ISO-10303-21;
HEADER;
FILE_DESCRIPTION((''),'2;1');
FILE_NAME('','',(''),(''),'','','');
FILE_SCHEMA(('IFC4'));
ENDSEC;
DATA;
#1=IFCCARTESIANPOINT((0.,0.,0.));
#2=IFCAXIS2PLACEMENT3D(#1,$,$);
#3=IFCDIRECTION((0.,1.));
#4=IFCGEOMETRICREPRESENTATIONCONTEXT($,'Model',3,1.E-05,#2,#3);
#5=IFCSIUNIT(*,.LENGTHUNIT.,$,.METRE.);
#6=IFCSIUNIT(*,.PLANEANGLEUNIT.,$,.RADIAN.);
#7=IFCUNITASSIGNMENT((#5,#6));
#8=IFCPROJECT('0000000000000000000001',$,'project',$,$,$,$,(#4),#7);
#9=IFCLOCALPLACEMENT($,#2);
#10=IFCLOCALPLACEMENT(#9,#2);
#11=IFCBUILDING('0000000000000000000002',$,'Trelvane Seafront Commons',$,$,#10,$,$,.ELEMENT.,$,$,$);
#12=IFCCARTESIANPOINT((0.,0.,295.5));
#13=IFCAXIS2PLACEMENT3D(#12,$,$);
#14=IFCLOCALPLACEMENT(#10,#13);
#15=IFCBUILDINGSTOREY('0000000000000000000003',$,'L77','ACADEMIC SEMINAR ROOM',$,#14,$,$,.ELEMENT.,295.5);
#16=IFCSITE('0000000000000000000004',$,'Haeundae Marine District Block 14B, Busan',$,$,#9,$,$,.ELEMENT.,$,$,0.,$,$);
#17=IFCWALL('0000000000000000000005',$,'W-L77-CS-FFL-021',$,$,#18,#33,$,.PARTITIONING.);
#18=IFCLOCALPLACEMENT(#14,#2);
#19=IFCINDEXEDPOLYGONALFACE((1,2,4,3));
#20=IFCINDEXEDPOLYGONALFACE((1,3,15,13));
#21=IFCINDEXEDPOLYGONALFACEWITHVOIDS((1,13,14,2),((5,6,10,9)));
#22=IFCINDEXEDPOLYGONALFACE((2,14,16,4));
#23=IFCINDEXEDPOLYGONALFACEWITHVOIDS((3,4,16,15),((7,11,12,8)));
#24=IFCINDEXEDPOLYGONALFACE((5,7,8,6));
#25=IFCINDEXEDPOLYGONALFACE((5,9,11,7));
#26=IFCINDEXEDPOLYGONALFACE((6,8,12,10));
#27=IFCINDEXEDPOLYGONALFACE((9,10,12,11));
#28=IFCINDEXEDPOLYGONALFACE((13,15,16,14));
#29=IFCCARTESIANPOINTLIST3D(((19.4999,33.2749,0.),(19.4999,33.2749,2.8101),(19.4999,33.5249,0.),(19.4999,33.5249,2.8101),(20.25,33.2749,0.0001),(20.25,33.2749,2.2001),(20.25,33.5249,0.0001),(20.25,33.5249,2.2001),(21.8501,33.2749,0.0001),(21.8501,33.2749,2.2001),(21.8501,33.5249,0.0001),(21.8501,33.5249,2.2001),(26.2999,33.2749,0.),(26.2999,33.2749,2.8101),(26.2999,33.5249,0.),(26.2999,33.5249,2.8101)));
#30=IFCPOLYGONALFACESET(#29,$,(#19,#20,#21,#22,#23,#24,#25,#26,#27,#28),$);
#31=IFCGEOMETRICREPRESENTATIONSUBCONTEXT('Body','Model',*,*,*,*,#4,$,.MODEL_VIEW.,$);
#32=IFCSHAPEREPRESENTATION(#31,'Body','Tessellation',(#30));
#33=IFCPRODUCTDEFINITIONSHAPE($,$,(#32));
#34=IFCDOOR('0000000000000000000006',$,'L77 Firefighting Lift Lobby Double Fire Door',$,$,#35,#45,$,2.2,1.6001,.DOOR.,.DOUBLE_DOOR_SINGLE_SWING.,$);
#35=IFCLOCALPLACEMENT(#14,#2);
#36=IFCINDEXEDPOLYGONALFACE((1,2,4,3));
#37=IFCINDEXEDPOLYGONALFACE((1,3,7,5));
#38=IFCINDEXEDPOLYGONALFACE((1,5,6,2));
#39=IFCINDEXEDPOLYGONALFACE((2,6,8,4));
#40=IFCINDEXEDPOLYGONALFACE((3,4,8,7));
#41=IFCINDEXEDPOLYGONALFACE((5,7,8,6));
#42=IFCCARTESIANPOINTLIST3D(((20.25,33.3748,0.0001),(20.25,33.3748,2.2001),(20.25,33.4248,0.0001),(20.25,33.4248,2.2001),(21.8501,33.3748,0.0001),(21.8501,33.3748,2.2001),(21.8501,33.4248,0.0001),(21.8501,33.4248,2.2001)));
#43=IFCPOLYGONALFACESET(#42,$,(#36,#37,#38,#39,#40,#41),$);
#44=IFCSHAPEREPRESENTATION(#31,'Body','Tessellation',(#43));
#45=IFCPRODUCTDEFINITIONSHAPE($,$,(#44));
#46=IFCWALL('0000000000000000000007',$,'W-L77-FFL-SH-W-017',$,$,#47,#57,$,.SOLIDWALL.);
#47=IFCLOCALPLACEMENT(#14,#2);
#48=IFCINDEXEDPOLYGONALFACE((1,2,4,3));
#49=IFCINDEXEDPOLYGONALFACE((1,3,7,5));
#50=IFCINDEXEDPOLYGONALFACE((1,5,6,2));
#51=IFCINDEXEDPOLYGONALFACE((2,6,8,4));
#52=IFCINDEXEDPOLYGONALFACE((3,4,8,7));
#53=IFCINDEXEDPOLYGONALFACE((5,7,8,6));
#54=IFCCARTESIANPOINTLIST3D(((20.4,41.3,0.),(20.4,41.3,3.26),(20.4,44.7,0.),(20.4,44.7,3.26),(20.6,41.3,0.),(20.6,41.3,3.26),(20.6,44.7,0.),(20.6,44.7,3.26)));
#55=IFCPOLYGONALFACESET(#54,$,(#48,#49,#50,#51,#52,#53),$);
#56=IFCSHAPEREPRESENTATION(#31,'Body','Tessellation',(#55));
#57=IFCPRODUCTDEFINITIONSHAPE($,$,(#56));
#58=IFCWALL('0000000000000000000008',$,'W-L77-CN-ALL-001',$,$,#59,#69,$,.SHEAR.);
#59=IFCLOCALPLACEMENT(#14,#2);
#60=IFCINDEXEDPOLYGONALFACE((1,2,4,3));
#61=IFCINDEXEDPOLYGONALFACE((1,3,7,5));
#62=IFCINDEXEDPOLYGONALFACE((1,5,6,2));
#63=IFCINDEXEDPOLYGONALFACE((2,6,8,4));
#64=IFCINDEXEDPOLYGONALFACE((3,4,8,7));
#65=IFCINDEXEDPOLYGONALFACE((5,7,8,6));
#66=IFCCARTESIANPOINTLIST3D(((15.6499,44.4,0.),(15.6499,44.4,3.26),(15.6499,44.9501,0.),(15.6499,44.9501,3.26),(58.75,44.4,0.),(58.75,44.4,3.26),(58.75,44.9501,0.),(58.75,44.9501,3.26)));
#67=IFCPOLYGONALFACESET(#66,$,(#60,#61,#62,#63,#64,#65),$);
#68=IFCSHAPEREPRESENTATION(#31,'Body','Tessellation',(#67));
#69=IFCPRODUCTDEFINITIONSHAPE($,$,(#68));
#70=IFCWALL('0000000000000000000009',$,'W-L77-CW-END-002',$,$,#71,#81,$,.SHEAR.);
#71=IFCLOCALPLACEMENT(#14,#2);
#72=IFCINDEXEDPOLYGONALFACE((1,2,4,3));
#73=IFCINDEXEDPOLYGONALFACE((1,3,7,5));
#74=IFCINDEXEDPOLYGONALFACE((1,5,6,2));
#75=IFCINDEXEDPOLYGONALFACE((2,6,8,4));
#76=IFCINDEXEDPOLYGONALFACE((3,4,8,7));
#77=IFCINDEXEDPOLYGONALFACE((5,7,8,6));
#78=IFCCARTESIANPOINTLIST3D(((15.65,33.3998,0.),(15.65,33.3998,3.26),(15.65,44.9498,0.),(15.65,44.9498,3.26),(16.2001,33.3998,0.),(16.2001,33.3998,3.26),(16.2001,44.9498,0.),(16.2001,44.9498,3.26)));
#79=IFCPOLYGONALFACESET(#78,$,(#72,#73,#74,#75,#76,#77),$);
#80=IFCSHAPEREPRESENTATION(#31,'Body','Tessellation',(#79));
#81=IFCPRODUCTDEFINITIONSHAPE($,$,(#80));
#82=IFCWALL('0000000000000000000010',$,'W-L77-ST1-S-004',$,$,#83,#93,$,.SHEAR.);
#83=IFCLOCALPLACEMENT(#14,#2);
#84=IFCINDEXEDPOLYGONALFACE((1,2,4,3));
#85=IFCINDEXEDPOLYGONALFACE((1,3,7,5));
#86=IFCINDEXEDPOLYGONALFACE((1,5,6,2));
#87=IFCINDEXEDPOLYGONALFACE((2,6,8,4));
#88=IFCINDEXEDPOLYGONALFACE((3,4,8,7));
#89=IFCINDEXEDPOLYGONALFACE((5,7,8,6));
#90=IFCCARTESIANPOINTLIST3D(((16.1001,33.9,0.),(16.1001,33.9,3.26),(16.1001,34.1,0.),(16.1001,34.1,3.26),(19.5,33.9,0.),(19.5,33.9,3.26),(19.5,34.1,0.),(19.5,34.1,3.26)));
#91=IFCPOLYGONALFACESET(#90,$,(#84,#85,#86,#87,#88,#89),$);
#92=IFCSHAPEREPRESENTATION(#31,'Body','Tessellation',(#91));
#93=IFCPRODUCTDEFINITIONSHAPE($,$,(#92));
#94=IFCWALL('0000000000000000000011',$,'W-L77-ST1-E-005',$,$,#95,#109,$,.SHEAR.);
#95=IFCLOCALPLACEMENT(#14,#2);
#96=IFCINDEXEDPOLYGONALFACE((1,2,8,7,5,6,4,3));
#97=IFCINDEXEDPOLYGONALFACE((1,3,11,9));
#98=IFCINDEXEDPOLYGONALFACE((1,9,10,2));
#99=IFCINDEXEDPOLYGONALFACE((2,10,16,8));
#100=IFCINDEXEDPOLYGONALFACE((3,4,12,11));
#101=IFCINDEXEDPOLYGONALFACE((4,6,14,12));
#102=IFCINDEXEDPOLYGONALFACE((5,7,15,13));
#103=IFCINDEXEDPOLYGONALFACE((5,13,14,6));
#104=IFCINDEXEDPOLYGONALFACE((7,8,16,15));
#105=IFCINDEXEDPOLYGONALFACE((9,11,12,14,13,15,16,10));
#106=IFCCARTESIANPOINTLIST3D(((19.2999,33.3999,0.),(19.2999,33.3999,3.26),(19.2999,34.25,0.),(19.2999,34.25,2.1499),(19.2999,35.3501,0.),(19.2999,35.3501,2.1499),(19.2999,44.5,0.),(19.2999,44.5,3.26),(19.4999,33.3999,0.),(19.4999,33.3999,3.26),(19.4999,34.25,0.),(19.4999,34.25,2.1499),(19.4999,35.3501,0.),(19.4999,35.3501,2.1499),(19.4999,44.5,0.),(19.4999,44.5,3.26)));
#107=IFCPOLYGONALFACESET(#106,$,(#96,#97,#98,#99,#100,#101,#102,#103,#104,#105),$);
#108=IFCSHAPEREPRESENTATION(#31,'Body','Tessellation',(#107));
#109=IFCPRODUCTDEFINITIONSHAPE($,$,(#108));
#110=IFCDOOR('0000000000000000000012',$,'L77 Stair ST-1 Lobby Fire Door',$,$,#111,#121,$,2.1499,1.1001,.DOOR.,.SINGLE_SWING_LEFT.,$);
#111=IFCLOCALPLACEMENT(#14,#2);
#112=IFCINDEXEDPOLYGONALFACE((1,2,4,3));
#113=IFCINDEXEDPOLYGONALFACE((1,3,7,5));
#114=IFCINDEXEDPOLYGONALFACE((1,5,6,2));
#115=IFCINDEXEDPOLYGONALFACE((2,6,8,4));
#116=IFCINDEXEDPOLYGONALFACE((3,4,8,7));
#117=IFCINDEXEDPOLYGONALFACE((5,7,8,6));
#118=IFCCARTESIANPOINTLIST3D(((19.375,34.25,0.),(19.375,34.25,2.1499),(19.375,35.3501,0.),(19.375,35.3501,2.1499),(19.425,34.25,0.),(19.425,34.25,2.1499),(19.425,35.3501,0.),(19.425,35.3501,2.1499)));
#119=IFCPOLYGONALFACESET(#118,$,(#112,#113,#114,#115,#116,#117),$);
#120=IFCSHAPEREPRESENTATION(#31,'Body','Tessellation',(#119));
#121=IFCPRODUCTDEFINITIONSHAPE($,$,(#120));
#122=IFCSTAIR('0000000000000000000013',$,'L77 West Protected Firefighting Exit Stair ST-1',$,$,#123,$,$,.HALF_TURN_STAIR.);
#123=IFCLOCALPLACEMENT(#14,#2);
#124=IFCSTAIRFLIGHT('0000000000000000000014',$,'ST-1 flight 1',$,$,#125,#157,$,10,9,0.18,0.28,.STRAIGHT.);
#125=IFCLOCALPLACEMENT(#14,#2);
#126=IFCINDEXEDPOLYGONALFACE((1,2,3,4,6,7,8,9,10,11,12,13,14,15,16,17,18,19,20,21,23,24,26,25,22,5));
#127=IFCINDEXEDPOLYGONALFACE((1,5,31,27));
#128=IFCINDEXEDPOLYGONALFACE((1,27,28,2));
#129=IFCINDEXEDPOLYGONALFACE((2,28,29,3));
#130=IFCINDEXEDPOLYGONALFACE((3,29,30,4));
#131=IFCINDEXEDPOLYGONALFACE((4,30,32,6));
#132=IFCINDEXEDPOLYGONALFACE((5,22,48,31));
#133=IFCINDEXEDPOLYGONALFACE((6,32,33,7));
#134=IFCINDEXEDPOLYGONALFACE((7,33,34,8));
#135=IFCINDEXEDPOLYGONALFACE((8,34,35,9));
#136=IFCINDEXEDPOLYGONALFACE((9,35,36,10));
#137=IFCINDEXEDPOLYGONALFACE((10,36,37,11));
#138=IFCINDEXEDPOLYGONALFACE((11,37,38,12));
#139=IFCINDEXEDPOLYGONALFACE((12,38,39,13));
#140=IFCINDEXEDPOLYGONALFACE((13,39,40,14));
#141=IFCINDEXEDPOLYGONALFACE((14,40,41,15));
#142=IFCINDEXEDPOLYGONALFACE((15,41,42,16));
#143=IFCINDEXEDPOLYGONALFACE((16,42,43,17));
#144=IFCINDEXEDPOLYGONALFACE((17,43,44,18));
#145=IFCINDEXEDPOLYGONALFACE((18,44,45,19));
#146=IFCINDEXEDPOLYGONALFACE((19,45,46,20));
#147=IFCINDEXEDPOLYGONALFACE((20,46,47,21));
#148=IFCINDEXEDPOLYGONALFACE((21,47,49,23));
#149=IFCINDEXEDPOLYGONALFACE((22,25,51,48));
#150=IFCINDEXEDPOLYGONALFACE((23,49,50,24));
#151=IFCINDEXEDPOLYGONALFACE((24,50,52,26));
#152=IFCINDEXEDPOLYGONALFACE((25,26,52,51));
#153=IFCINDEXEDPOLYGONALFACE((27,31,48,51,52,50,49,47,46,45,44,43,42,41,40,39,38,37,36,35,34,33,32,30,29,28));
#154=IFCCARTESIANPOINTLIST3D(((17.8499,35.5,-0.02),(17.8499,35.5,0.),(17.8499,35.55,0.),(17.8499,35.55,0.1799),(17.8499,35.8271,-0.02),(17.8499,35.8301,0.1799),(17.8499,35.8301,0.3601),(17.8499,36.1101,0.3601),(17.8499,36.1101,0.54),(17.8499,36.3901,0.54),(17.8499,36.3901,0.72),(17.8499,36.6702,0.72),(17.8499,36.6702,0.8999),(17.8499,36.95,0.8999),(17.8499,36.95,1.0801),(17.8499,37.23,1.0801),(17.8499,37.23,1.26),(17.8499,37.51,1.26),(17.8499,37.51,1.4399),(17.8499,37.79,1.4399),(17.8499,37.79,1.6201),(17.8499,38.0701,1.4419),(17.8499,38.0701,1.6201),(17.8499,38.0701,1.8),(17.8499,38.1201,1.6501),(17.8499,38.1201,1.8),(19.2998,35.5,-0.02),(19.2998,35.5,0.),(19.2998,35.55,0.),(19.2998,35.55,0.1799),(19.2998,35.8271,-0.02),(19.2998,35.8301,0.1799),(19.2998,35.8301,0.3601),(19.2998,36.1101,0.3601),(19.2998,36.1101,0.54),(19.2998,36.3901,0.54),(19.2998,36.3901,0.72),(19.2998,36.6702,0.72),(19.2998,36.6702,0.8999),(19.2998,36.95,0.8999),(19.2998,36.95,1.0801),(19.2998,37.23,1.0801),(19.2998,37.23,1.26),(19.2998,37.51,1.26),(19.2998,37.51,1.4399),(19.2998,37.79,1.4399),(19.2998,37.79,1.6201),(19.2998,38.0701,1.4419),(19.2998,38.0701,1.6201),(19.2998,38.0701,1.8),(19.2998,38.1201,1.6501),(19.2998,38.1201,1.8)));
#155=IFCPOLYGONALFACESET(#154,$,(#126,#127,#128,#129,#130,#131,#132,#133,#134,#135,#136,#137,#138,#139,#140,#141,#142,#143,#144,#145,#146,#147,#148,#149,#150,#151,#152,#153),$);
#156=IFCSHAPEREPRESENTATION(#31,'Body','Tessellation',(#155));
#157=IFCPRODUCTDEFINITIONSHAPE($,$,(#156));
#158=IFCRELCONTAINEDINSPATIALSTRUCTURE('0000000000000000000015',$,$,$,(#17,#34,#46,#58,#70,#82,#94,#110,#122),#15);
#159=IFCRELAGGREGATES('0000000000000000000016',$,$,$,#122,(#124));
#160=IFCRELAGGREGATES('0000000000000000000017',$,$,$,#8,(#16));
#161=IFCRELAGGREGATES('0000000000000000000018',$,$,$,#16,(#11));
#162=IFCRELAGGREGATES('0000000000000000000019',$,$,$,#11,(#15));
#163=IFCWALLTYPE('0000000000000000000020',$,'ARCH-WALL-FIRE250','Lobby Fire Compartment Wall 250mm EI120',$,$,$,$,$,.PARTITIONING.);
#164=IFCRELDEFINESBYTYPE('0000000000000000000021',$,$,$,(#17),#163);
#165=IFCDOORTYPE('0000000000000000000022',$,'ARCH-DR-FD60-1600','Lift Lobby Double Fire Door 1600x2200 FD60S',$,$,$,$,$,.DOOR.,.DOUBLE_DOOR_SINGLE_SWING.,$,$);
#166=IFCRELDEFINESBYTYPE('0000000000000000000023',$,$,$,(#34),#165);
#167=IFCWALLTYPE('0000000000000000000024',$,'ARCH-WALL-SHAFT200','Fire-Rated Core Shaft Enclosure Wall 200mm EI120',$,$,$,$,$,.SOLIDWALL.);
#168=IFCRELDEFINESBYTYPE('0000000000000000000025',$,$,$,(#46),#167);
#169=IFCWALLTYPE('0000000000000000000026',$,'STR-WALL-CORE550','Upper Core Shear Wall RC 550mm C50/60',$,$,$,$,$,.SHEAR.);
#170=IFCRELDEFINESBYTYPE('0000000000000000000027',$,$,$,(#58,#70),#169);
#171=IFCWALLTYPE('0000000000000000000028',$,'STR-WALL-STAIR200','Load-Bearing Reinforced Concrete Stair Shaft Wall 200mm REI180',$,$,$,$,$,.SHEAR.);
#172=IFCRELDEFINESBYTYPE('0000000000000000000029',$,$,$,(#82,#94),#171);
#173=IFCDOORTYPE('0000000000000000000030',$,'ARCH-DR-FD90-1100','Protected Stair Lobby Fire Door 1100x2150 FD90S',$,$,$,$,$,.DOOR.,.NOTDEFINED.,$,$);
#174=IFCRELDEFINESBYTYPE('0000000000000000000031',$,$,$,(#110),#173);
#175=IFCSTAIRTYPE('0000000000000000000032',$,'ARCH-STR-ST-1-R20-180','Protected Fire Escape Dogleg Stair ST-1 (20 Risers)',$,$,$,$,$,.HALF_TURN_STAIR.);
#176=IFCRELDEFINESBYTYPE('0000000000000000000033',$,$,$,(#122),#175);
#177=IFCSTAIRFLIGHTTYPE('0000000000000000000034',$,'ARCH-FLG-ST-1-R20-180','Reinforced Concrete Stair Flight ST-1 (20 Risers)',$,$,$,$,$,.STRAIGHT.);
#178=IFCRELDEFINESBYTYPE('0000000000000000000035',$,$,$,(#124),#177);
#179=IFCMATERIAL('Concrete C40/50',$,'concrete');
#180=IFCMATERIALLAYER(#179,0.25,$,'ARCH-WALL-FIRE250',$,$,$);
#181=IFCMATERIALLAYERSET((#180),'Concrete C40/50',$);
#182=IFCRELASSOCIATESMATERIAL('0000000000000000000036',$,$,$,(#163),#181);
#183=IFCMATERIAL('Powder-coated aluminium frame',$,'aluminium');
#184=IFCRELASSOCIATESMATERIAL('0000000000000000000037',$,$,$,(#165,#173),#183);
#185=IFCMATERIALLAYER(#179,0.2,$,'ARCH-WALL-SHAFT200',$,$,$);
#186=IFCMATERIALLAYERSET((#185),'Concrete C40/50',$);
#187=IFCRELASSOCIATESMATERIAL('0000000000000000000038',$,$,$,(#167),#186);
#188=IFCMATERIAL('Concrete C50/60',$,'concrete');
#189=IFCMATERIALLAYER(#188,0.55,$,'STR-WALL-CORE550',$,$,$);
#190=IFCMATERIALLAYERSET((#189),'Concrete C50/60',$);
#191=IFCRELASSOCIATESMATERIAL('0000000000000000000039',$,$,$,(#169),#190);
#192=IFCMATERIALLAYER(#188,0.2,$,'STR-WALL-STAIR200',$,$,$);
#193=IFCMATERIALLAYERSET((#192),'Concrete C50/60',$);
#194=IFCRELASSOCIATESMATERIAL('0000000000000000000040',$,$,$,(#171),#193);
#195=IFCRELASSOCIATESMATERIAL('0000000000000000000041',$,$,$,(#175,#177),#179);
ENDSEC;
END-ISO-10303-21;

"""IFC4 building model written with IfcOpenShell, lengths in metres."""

from ifc_helpers import new_model, si_unit, direction, frame, frame_2d, origin, place, context, subcontext, project, spatial, polyline, rectangle, outline, extrude, source, transform, mapped, material, layer, layer_set, type_object, element, fill, aggregate, save


model = new_model("IFC4")

# Units and contexts
model_context = context("Model", 3, precision=1e-05, world=origin(), true_north=direction((0.0, 1.0)))
body_context = subcontext(model_context, "Body", "Model", "MODEL_VIEW")
ifc_project = project(units=[si_unit("LENGTHUNIT", "METRE"), si_unit("PLANEANGLEUNIT", "RADIAN")], contexts=[model_context])

# Site, building, storey
site_placement = place(None, origin())
site = spatial("IfcSite", under=ifc_project, at=site_placement, Name="Haeundae Marine District Block 14B, Busan", CompositionType="ELEMENT", RefElevation=0.0)
building_placement = place(site_placement, origin())
building = spatial("IfcBuilding", under=site, at=building_placement, Name="Trelvane Seafront Commons", CompositionType="ELEMENT")
storey_placement = place(building_placement, frame((0.0, 0.0, 295.5)))
storey = spatial("IfcBuildingStorey", under=building, at=storey_placement, Name="L77", Description="ACADEMIC SEMINAR ROOM", CompositionType="ELEMENT", Elevation=295.5)

# Shared definitions
ifc_material_1 = material(Name="Concrete C50/60", Category="concrete")

# Wall, opening, door
ifc_material_2 = material(Name="Concrete C40/50", Category="concrete")
ifc_layer_1 = layer(ifc_material_2, 0.25, Name="ARCH-WALL-FIRE250")
ifc_layer_set_1 = layer_set([ifc_layer_1], Name="Concrete C40/50")
wall_type_1 = type_object("IfcWallType", Name="ARCH-WALL-FIRE250", Description="Lobby Fire Compartment Wall 250mm EI120", PredefinedType="PARTITIONING", material=ifc_layer_set_1)
wall_1_placement = place(storey_placement, frame((19.5, 33.3999, 0.0), z_axis=(0.0, 0.0, 1.0), x_axis=(1.0, 0.0, 0.0)))
wall_1 = element("IfcWall", 1, at=wall_1_placement, inside=storey, type_object=wall_type_1, Name="W-L77-CS-FFL-021", PredefinedType="PARTITIONING", context=body_context, shape_type="SweptSolid", body=[
    extrude(rectangle(XDim=6.8, YDim=0.25, at=frame_2d((3.3999, 0.0))), origin(), (0.0, 0.0, 1.0), 2.8101),
])
opening_1_placement = place(wall_1_placement, frame((0.75, 0.0, 0.0)))
opening_1 = element("IfcOpeningElement", 2, at=opening_1_placement, cuts=wall_1, PredefinedType="OPENING", context=body_context, shape_type="SweptSolid", body=[
    extrude(rectangle(XDim=1.6001, YDim=2.2, at=frame_2d((0.8, 1.1001))), frame((0.0, 0.135, 0.0), z_axis=(0.0, -1.0, 0.0), x_axis=(1.0, 0.0, 0.0)), (0.0, 0.0, 1.0), 0.27),
])
ifc_material_3 = material(Name="Powder-coated aluminium frame", Category="aluminium")
door_type_1 = type_object("IfcDoorType", Name="ARCH-DR-FD60-1600", Description="Lift Lobby Double Fire Door 1600x2200 FD60S", OperationType="DOUBLE_DOOR_SINGLE_SWING", PredefinedType="DOOR", material=ifc_material_3)
shared_shape_1 = source(origin(), body_context, "Body", "SweptSolid", [
    extrude(rectangle(XDim=1.6001, YDim=2.2, at=frame_2d((0.8, 1.1001))), frame((0.0, 0.0249, 0.0), z_axis=(0.0, -1.0, 0.0), x_axis=(1.0, 0.0, 0.0)), (0.0, 0.0, 1.0), 0.05),
])
door_1_placement = place(opening_1_placement, origin())
door_1 = element("IfcDoor", 3, at=door_1_placement, inside=storey, type_object=door_type_1, Name="L77 Firefighting Lift Lobby Double Fire Door", OperationType="DOUBLE_DOOR_SINGLE_SWING", OverallHeight=2.2, OverallWidth=1.6001, PredefinedType="DOOR", context=body_context, shape_type="MappedRepresentation", body=[
    mapped(shared_shape_1, transform((0.0, 0.0, 0.0), x_axis=(1.0, 0.0, 0.0), y_axis=(0.0, 1.0, 0.0), z_axis=(0.0, 0.0, 1.0), scale=1.0)),
])
fill(opening_1, door_1)

# Shared definitions
ifc_layer_2 = layer(ifc_material_2, 0.2, Name="ARCH-WALL-SHAFT200")
ifc_layer_set_2 = layer_set([ifc_layer_2], Name="Concrete C40/50")
wall_type_2 = type_object("IfcWallType", Name="ARCH-WALL-SHAFT200", Description="Fire-Rated Core Shaft Enclosure Wall 200mm EI120", PredefinedType="SOLIDWALL", material=ifc_layer_set_2)
shared_shape_2 = source(origin(), body_context, "Body", "SweptSolid", [
    extrude(rectangle(XDim=1.1001, YDim=2.1499, at=frame_2d((0.55, 1.075))), frame((0.0, 0.0249, 0.0), z_axis=(0.0, -1.0, 0.0), x_axis=(1.0, 0.0, 0.0)), (0.0, 0.0, 1.0), 0.05),
])

# Walls
wall_2_placement = place(storey_placement, frame((20.5, 41.3, 0.0), z_axis=(0.0, 0.0, 1.0), x_axis=(0.0, 1.0, 0.0)))
element("IfcWall", 4, at=wall_2_placement, inside=storey, type_object=wall_type_2, Name="W-L77-FFL-SH-W-017", PredefinedType="SOLIDWALL", context=body_context, shape_type="SweptSolid", body=[
    extrude(rectangle(XDim=3.3999, YDim=0.2, at=frame_2d((1.7, 0.0))), origin(), (0.0, 0.0, 1.0), 3.26),
])
ifc_layer_3 = layer(ifc_material_1, 0.55, Name="STR-WALL-CORE550")
ifc_layer_set_3 = layer_set([ifc_layer_3], Name="Concrete C50/60")
wall_type_3 = type_object("IfcWallType", Name="STR-WALL-CORE550", Description="Upper Core Shear Wall RC 550mm C50/60", PredefinedType="SHEAR", material=ifc_layer_set_3)
wall_3_placement = place(storey_placement, frame((15.6499, 44.675, 0.0), z_axis=(0.0, 0.0, 1.0), x_axis=(1.0, 0.0, 0.0)))
element("IfcWall", 5, at=wall_3_placement, inside=storey, type_object=wall_type_3, Name="W-L77-CN-ALL-001", PredefinedType="SHEAR", context=body_context, shape_type="SweptSolid", body=[
    extrude(rectangle(XDim=43.1001, YDim=0.55, at=frame_2d((21.55, 0.0))), origin(), (0.0, 0.0, 1.0), 3.26),
])
wall_4_placement = place(storey_placement, frame((15.925, 33.3999, 0.0), z_axis=(0.0, 0.0, 1.0), x_axis=(0.0, 1.0, 0.0)))
element("IfcWall", 6, at=wall_4_placement, inside=storey, type_object=wall_type_3, Name="W-L77-CW-END-002", PredefinedType="SHEAR", context=body_context, shape_type="SweptSolid", body=[
    extrude(rectangle(XDim=11.55, YDim=0.55, at=frame_2d((5.7749, 0.0))), origin(), (0.0, 0.0, 1.0), 3.26),
])
ifc_layer_4 = layer(ifc_material_1, 0.2, Name="STR-WALL-STAIR200")
ifc_layer_set_4 = layer_set([ifc_layer_4], Name="Concrete C50/60")
wall_type_4 = type_object("IfcWallType", Name="STR-WALL-STAIR200", Description="Load-Bearing Reinforced Concrete Stair Shaft Wall 200mm REI180", PredefinedType="SHEAR", material=ifc_layer_set_4)
wall_5_placement = place(storey_placement, frame((16.1001, 34.0, 0.0), z_axis=(0.0, 0.0, 1.0), x_axis=(1.0, 0.0, 0.0)))
element("IfcWall", 7, at=wall_5_placement, inside=storey, type_object=wall_type_4, Name="W-L77-ST1-S-004", PredefinedType="SHEAR", context=body_context, shape_type="SweptSolid", body=[
    extrude(rectangle(XDim=3.3999, YDim=0.2, at=frame_2d((1.7, 0.0))), origin(), (0.0, 0.0, 1.0), 3.26),
])

# Wall, opening, door
wall_6_placement = place(storey_placement, frame((19.3999, 33.3999, 0.0), z_axis=(0.0, 0.0, 1.0), x_axis=(0.0, 1.0, 0.0)))
wall_6 = element("IfcWall", 8, at=wall_6_placement, inside=storey, type_object=wall_type_4, Name="W-L77-ST1-E-005", PredefinedType="SHEAR", context=body_context, shape_type="SweptSolid", body=[
    extrude(rectangle(XDim=11.1001, YDim=0.2, at=frame_2d((5.55, 0.0))), origin(), (0.0, 0.0, 1.0), 3.26),
])
opening_2_placement = place(wall_6_placement, frame((0.8501, 0.0, 0.0)))
opening_2 = element("IfcOpeningElement", 9, at=opening_2_placement, cuts=wall_6, PredefinedType="OPENING", context=body_context, shape_type="SweptSolid", body=[
    extrude(rectangle(XDim=1.1001, YDim=2.1499, at=frame_2d((0.55, 1.075))), frame((0.0, 0.1099, 0.0), z_axis=(0.0, -1.0, 0.0), x_axis=(1.0, 0.0, 0.0)), (0.0, 0.0, 1.0), 0.22),
])
door_type_2 = type_object("IfcDoorType", Name="ARCH-DR-FD90-1100", Description="Protected Stair Lobby Fire Door 1100x2150 FD90S", OperationType="NOTDEFINED", PredefinedType="DOOR", material=ifc_material_3)
door_2_placement = place(opening_2_placement, origin())
door_2 = element("IfcDoor", 10, at=door_2_placement, inside=storey, type_object=door_type_2, Name="L77 Stair ST-1 Lobby Fire Door", OperationType="SINGLE_SWING_LEFT", OverallHeight=2.1499, OverallWidth=1.1001, PredefinedType="DOOR", context=body_context, shape_type="MappedRepresentation", body=[
    mapped(shared_shape_2, transform((0.0, 0.0, 0.0), x_axis=(1.0, 0.0, 0.0), y_axis=(0.0, 1.0, 0.0), z_axis=(0.0, 0.0, 1.0), scale=1.0)),
])
fill(opening_2, door_2)

# Stair, stair flight
stair_type = type_object("IfcStairType", Name="ARCH-STR-ST-1-R20-180", Description="Protected Fire Escape Dogleg Stair ST-1 (20 Risers)", PredefinedType="HALF_TURN_STAIR", material=ifc_material_2)
stair_placement = place(storey_placement, origin())
stair = element("IfcStair", 11, at=stair_placement, inside=storey, type_object=stair_type, Name="L77 West Protected Firefighting Exit Stair ST-1", PredefinedType="HALF_TURN_STAIR")
stair_flight_type = type_object("IfcStairFlightType", Name="ARCH-FLG-ST-1-R20-180", Description="Reinforced Concrete Stair Flight ST-1 (20 Risers)", PredefinedType="STRAIGHT", material=ifc_material_2)
shared_shape_3 = source(origin(), body_context, "Body", "SweptSolid", [
    extrude(outline(polyline([(-0.05, -0.02), (-0.05, 0.0), (0.0, 0.0), (0.0, 0.1799), (0.28, 0.1799), (0.28, 0.3601), (0.5601, 0.3601), (0.5601, 0.54), (0.8401, 0.54), (0.8401, 0.72), (1.1201, 0.72), (1.1201, 0.8999), (1.3999, 0.8999), (1.3999, 1.0801), (1.6799, 1.0801), (1.6799, 1.26), (1.96, 1.26), (1.96, 1.4399), (2.24, 1.4399), (2.24, 1.6201), (2.52, 1.6201), (2.52, 1.8), (2.5701, 1.8), (2.5701, 1.6501), (2.52, 1.4419), (0.2771, -0.02), (-0.05, -0.02)])), frame((0.0, 0.7251, 0.0), z_axis=(0.0, -1.0, 0.0), x_axis=(1.0, 0.0, 0.0)), (0.0, 0.0, 1.0), 1.45),
])
stair_flight_1_placement = place(storey_placement, frame((18.575, 35.55, 0.0), z_axis=(0.0, 0.0, 1.0), x_axis=(0.0, 1.0, 0.0)))
stair_flight_1 = element("IfcStairFlight", 12, at=stair_flight_1_placement, type_object=stair_flight_type, Name="ST-1 flight 1", NumberOfRisers=10, NumberOfTreads=9, PredefinedType="STRAIGHT", RiserHeight=0.18, TreadLength=0.28, context=body_context, shape_type="MappedRepresentation", body=[
    mapped(shared_shape_3, transform((0.0, 0.0, 0.0), x_axis=(1.0, 0.0, 0.0), y_axis=(0.0, 1.0, 0.0), z_axis=(0.0, 0.0, 1.0), scale=1.0)),
])
aggregate(stair, [stair_flight_1])

save(model, "model.ifc")
